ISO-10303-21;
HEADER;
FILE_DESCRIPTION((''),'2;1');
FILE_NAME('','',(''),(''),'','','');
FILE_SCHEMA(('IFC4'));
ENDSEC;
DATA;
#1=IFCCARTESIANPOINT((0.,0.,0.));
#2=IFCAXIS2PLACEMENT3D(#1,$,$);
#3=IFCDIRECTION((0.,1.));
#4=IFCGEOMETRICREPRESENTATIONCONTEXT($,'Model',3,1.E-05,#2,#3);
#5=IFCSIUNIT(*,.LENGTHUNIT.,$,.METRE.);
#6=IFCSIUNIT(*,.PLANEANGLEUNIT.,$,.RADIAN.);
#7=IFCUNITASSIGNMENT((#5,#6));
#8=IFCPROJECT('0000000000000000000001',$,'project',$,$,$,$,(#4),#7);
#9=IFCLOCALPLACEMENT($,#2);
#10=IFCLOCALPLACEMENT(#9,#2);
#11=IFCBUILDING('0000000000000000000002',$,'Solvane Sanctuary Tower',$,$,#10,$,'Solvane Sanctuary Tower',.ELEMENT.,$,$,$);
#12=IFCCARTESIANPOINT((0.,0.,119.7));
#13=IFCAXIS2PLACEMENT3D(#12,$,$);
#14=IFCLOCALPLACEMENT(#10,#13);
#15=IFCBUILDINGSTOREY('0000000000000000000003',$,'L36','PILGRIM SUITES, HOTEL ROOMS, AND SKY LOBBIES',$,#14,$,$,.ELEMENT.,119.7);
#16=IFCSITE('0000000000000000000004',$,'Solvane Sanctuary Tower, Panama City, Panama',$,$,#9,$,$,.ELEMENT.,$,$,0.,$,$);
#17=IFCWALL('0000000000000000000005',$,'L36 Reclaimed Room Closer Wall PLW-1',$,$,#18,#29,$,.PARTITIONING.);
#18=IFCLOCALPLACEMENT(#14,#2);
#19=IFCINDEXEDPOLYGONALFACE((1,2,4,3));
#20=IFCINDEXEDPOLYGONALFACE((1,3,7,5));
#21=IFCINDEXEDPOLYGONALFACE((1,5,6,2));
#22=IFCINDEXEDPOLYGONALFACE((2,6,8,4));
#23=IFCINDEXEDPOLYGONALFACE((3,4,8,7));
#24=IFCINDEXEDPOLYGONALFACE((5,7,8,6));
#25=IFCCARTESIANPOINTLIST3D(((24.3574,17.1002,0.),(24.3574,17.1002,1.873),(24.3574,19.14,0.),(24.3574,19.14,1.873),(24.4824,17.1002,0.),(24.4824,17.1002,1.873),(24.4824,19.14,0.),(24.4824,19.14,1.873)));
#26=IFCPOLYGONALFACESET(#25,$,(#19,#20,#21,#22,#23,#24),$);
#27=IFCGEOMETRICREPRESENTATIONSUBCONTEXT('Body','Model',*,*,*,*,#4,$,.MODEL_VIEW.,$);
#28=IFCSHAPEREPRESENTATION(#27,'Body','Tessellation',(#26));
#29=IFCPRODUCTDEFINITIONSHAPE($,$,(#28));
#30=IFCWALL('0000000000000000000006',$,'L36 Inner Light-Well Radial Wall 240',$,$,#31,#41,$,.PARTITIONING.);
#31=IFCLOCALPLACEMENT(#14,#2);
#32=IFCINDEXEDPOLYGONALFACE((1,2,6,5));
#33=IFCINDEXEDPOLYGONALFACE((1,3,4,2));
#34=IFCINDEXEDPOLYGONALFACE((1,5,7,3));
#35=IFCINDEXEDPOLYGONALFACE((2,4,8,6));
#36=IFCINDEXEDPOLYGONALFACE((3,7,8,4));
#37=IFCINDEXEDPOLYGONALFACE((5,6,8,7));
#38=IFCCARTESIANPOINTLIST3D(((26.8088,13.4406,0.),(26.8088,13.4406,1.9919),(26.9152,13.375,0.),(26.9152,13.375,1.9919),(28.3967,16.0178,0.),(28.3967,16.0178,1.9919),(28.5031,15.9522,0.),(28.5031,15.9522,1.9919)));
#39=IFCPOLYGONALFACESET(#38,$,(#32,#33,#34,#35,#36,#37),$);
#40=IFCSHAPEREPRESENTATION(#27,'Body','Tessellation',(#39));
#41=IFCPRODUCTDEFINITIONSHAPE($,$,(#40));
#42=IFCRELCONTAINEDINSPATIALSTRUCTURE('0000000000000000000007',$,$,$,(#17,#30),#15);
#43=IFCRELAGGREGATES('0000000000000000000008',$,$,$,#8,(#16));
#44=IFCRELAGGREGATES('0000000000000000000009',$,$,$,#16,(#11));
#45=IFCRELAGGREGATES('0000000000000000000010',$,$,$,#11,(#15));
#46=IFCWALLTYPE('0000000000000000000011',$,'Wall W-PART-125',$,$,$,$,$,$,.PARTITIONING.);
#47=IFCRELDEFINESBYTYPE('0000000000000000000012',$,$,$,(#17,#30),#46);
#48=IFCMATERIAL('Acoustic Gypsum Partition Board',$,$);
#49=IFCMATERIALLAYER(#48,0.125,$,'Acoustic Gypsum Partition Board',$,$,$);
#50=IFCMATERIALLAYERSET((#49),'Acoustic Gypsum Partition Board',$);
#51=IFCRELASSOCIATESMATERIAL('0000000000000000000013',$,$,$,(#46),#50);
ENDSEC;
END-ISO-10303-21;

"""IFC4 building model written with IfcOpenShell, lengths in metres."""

from ifc_helpers import new_model, si_unit, direction, frame, frame_2d, origin, place, context, subcontext, project, spatial, rectangle, extrude, material, layer, layer_set, type_object, element, save


model = new_model("IFC4")

# Units and contexts
model_context = context("Model", 3, precision=1e-05, world=origin(), true_north=direction((0.0, 1.0)))
body_context = subcontext(model_context, "Body", "Model", "MODEL_VIEW")
ifc_project = project(units=[si_unit("LENGTHUNIT", "METRE"), si_unit("PLANEANGLEUNIT", "RADIAN")], contexts=[model_context])

# Site, building, storey
site_placement = place(None, origin())
site = spatial("IfcSite", under=ifc_project, at=site_placement, Name="Solvane Sanctuary Tower, Panama City, Panama", CompositionType="ELEMENT", RefElevation=0.0)
building_placement = place(site_placement, origin())
building = spatial("IfcBuilding", under=site, at=building_placement, Name="Solvane Sanctuary Tower", LongName="Solvane Sanctuary Tower", CompositionType="ELEMENT")
storey_placement = place(building_placement, frame((0.0, 0.0, 119.7)))
storey = spatial("IfcBuildingStorey", under=building, at=storey_placement, Name="L36", Description="PILGRIM SUITES, HOTEL ROOMS, AND SKY LOBBIES", CompositionType="ELEMENT", Elevation=119.7)

# Shared definitions
ifc_material_1 = material(Name="Acoustic Gypsum Partition Board")

# Shared definitions
ifc_layer_1 = layer(ifc_material_1, 0.125, Name="Acoustic Gypsum Partition Board")
ifc_layer_set_1 = layer_set([ifc_layer_1], Name="Acoustic Gypsum Partition Board")
wall_type_1 = type_object("IfcWallType", Name="Wall W-PART-125", PredefinedType="PARTITIONING", material=ifc_layer_set_1)

# Walls
wall_1_placement = place(storey_placement, frame((24.4199, 17.1001, 0.0), z_axis=(0.0, 0.0, 1.0), x_axis=(0.0, 1.0, 0.0)))
element("IfcWall", 1, at=wall_1_placement, inside=storey, type_object=wall_type_1, Name="L36 Reclaimed Room Closer Wall PLW-1", PredefinedType="PARTITIONING", context=body_context, shape_type="SweptSolid", body=[
    extrude(rectangle(XDim=2.0398, YDim=0.125, at=frame_2d((1.02, 0.0))), origin(), (0.0, 0.0, 1.0), 1.873),
])
wall_2_placement = place(storey_placement, frame((28.45, 15.9851, 0.0), z_axis=(0.0, 0.0, 1.0), x_axis=(-0.524565, -0.85137, 0.0)))
element("IfcWall", 2, at=wall_2_placement, inside=storey, type_object=wall_type_1, Name="L36 Inner Light-Well Radial Wall 240", PredefinedType="PARTITIONING", context=body_context, shape_type="SweptSolid", body=[
    extrude(rectangle(XDim=3.0271, YDim=0.125, at=frame_2d((1.5137, 0.0))), origin(), (0.0, 0.0, 1.0), 1.9919),
])

save(model, "model.ifc")
